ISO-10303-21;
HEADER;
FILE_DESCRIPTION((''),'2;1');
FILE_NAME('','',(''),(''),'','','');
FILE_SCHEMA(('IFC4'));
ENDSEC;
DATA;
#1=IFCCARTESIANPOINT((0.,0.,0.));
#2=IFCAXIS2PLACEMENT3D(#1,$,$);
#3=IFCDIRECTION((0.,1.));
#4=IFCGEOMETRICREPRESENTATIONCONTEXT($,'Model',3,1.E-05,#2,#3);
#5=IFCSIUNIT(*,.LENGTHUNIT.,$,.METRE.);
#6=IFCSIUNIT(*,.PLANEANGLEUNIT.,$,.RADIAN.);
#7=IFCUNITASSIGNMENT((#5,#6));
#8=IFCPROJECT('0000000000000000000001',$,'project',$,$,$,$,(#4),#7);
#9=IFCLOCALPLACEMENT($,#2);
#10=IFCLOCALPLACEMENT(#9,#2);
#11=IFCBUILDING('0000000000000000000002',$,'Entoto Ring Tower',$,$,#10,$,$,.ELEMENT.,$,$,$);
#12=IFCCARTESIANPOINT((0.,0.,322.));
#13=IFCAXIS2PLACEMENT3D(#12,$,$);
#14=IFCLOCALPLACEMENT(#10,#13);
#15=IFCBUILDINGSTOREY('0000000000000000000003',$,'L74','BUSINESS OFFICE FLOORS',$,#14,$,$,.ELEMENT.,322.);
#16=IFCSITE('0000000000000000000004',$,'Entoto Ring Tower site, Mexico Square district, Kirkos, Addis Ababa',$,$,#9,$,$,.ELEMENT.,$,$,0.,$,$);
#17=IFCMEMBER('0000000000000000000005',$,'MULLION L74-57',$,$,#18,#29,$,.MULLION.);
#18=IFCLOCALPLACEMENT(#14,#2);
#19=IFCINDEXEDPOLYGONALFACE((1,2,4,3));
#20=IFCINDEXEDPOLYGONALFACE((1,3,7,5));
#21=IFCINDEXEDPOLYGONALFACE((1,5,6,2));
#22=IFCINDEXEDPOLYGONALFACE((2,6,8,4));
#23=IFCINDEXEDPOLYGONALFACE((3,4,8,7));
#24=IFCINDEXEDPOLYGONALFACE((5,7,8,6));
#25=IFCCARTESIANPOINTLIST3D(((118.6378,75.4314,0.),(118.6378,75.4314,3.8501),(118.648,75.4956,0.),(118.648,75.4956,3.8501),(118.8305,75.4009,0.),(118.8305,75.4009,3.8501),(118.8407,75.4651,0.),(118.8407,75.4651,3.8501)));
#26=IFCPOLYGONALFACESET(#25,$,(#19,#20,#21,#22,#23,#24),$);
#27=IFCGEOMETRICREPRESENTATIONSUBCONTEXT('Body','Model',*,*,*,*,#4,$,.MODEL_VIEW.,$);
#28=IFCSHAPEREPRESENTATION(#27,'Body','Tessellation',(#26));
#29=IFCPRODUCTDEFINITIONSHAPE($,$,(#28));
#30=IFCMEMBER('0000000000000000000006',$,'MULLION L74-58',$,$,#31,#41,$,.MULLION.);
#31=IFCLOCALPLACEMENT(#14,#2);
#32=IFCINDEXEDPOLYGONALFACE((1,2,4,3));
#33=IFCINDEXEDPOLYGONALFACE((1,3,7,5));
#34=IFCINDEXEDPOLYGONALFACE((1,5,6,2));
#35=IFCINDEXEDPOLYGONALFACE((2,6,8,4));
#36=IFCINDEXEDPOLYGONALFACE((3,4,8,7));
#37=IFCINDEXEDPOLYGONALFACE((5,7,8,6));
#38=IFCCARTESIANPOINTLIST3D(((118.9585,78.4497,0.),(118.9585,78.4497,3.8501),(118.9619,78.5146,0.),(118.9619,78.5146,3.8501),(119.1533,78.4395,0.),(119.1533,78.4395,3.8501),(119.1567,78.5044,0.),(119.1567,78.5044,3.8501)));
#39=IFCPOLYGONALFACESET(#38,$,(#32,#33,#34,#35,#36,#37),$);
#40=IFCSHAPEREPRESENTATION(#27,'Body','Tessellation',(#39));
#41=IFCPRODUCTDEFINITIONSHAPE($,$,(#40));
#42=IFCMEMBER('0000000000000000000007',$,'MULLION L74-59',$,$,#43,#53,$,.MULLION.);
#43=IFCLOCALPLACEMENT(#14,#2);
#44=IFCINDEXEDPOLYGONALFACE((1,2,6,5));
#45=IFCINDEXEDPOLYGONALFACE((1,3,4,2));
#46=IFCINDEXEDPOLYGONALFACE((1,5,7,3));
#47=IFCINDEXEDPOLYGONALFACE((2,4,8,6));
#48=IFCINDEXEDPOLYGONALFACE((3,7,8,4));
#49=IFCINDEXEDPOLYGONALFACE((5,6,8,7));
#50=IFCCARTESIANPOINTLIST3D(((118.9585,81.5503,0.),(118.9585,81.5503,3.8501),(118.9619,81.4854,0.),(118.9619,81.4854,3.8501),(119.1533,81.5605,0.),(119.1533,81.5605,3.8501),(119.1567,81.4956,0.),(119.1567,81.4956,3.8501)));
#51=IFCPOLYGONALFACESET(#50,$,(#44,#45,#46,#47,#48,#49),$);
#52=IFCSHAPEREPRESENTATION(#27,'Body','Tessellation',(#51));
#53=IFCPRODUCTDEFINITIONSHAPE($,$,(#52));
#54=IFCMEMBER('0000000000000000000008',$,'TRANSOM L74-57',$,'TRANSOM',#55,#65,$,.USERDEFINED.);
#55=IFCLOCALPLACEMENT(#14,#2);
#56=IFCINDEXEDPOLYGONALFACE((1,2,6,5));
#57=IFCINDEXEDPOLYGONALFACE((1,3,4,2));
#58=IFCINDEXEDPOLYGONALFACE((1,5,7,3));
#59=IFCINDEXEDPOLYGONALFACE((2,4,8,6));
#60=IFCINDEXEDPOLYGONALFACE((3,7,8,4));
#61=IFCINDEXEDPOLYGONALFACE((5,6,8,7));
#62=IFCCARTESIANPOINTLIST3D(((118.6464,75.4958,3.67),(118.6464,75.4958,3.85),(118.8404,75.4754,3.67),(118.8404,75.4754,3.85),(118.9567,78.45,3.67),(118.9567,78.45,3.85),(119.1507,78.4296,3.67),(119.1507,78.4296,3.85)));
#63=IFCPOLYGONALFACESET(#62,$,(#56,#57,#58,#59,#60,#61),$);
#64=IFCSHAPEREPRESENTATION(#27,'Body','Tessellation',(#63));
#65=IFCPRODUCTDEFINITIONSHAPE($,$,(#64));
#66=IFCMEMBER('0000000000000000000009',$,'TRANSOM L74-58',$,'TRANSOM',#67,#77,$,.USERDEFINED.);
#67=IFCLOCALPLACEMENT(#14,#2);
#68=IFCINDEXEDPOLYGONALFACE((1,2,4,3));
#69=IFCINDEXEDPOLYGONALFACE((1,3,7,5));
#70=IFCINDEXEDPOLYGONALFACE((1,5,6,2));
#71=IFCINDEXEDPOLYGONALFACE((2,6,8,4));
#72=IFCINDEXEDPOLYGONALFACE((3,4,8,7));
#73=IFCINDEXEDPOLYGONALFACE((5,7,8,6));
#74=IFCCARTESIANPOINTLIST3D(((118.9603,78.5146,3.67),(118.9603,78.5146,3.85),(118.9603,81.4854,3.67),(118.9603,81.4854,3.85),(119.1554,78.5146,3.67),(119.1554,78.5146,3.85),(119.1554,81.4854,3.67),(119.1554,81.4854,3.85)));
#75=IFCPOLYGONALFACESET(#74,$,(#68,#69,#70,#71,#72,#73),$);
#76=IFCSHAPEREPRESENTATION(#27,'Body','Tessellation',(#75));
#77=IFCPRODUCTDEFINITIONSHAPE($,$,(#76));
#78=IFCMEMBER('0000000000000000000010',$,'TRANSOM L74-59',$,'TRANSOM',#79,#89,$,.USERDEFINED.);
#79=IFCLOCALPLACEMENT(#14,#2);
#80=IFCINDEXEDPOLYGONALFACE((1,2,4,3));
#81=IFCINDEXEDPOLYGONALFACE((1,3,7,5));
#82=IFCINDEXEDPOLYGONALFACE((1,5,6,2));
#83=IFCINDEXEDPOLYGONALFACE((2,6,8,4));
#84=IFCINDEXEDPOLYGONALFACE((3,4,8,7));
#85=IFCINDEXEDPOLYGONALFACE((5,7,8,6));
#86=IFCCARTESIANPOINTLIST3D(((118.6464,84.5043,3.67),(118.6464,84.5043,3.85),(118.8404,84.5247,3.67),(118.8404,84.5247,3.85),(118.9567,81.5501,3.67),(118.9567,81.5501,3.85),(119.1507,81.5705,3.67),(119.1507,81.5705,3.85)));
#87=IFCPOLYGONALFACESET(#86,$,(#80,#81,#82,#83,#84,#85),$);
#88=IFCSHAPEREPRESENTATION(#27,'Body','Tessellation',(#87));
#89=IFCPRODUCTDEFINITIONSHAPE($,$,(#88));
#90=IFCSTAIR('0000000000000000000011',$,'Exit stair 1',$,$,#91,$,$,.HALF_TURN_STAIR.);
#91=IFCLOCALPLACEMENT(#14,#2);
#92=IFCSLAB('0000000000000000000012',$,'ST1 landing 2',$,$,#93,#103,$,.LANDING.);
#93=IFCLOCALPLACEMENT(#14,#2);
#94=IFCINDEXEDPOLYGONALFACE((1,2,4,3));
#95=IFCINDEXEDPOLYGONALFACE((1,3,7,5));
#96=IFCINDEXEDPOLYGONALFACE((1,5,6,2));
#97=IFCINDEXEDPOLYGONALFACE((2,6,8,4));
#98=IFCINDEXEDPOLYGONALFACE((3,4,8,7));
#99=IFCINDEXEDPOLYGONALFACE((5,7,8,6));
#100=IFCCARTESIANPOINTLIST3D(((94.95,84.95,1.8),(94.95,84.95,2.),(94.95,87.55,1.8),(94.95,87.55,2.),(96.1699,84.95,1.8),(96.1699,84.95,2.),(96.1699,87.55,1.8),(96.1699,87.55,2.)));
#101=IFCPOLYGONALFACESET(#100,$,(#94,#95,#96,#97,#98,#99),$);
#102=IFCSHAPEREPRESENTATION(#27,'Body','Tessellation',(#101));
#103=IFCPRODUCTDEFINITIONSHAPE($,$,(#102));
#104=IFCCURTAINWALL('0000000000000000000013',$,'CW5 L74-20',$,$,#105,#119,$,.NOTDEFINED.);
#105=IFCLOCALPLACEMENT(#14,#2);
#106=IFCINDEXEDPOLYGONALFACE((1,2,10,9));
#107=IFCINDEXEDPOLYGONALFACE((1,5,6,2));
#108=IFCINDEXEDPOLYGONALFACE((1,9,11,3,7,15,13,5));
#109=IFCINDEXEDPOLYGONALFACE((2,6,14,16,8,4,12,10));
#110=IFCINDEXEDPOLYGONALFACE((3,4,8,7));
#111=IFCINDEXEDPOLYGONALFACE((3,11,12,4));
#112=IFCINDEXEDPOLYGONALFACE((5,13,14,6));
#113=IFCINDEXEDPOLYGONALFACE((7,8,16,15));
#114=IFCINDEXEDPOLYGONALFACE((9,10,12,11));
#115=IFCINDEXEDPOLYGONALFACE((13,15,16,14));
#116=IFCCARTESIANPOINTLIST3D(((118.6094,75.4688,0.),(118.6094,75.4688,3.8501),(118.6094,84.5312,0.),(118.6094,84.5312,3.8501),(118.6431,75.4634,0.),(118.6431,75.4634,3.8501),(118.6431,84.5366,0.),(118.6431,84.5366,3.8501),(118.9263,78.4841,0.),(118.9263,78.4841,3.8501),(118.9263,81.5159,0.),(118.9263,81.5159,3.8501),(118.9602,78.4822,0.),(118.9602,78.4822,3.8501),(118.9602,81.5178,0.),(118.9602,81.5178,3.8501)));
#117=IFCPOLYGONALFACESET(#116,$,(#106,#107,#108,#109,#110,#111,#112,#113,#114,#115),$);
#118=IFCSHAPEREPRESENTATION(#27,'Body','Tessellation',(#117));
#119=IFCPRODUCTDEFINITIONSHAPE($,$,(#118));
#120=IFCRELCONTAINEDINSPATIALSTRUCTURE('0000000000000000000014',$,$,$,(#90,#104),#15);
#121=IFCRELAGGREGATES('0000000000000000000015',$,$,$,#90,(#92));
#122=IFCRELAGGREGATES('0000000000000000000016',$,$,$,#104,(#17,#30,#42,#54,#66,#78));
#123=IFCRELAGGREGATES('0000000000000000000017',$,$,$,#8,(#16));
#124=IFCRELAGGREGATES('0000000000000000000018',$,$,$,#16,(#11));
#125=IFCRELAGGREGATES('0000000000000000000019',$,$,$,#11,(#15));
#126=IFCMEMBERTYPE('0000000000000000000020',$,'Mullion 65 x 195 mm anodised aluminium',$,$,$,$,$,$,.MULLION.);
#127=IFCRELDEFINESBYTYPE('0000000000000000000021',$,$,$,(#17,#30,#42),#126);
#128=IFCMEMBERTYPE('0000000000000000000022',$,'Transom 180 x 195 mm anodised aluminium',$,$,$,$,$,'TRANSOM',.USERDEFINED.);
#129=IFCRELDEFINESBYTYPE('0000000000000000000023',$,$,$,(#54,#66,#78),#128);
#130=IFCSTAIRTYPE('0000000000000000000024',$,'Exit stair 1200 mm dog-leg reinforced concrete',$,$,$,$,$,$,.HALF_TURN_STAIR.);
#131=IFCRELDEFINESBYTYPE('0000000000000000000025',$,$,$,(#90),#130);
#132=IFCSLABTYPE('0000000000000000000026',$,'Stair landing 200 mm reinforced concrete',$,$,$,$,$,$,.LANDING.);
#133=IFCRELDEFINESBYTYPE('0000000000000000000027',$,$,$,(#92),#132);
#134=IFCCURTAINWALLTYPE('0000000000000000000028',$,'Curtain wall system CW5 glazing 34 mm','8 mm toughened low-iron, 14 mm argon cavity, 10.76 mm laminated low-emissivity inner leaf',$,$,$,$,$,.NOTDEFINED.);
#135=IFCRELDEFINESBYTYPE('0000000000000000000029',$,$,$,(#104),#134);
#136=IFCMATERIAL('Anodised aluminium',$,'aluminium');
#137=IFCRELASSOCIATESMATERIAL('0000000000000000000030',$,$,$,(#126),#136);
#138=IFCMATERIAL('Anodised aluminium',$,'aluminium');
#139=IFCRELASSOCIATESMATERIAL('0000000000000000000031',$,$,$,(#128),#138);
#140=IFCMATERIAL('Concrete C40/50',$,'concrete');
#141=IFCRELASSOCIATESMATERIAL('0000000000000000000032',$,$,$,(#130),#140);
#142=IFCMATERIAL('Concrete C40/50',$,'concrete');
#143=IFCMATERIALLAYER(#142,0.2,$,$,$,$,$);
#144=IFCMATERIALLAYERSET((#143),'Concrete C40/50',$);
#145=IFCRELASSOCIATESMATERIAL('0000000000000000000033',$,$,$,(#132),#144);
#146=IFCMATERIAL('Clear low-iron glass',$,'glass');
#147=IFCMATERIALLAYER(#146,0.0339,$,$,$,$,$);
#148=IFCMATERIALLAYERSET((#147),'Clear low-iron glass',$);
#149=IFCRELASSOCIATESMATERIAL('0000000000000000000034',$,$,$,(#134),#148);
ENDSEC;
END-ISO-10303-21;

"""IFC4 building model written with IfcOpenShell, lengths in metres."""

from ifc_helpers import new_model, si_unit, direction, frame, origin, origin_2d, place, context, subcontext, project, spatial, polyline, rectangle, outline, extrude, material, layer, layer_set, material_profile, profile_set, type_object, element, aggregate, save


model = new_model("IFC4")

# Units and contexts
model_context = context("Model", 3, precision=1e-05, world=origin(), true_north=direction((0.0, 1.0)))
body_context = subcontext(model_context, "Body", "Model", "MODEL_VIEW")
ifc_project = project(units=[si_unit("LENGTHUNIT", "METRE"), si_unit("PLANEANGLEUNIT", "RADIAN")], contexts=[model_context])

# Members
ifc_material_1 = material(Name="Anodised aluminium", Category="aluminium")
ifc_material_profile_1 = material_profile(ifc_material_1, rectangle(XDim=0.0649, YDim=0.1951, at=origin_2d()), Name="Mullion 65 x 195 mm anodised aluminium")
ifc_profile_set_1 = profile_set([ifc_material_profile_1], Name="Anodised aluminium")
member_type_1 = type_object("IfcMemberType", Name="Mullion 65 x 195 mm anodised aluminium", PredefinedType="MULLION", material=ifc_profile_set_1)
site_placement = place(None, origin())
building_placement = place(site_placement, origin())
storey_placement = place(building_placement, frame((0.0, 0.0, 322.0)))
member_1_placement = place(storey_placement, frame((118.7393, 75.4482, 0.0), z_axis=(0.0, 0.0, 1.0), x_axis=(0.156434, 0.987688, 0.0)))
member_1 = element("IfcMember", 1, at=member_1_placement, type_object=member_type_1, Name="MULLION L74-57", PredefinedType="MULLION", context=body_context, shape_type="SweptSolid", body=[
    extrude(rectangle(XDim=0.0649, YDim=0.1951, at=origin_2d()), origin(), (0.0, 0.0, 1.0), 3.8501),
])
member_2_placement = place(storey_placement, frame((119.0576, 78.4771, 0.0), z_axis=(0.0, 0.0, 1.0), x_axis=(0.052336, 0.99863, 0.0)))
member_2 = element("IfcMember", 2, at=member_2_placement, type_object=member_type_1, Name="MULLION L74-58", PredefinedType="MULLION", context=body_context, shape_type="SweptSolid", body=[
    extrude(rectangle(XDim=0.0649, YDim=0.1951, at=origin_2d()), origin(), (0.0, 0.0, 1.0), 3.8501),
])
member_3_placement = place(storey_placement, frame((119.0576, 81.5229, 0.0), z_axis=(0.0, 0.0, 1.0), x_axis=(-0.052336, 0.99863, 0.0)))
member_3 = element("IfcMember", 3, at=member_3_placement, type_object=member_type_1, Name="MULLION L74-59", PredefinedType="MULLION", context=body_context, shape_type="SweptSolid", body=[
    extrude(rectangle(XDim=0.0649, YDim=0.1951, at=origin_2d()), origin(), (0.0, 0.0, 1.0), 3.8501),
])
ifc_material_2 = material(Name="Anodised aluminium", Category="aluminium")
ifc_material_profile_2 = material_profile(ifc_material_2, rectangle(XDim=0.1951, YDim=0.1799, at=origin_2d()), Name="Transom 180 x 195 mm anodised aluminium")
ifc_profile_set_2 = profile_set([ifc_material_profile_2], Name="Anodised aluminium")
member_type_2 = type_object("IfcMemberType", Name="Transom 180 x 195 mm anodised aluminium", ElementType="TRANSOM", PredefinedType="USERDEFINED", material=ifc_profile_set_2)
member_4_placement = place(storey_placement, frame((118.7434, 75.4856, 3.76), z_axis=(0.104467, 0.994528, 0.0), x_axis=(-0.994528, 0.104467, 0.0)))
member_4 = element("IfcMember", 4, at=member_4_placement, type_object=member_type_2, Name="TRANSOM L74-57", ObjectType="TRANSOM", PredefinedType="USERDEFINED", context=body_context, shape_type="SweptSolid", body=[
    extrude(rectangle(XDim=0.1951, YDim=0.1799, at=origin_2d()), origin(), (0.0, 0.0, 1.0), 2.9705),
])
member_5_placement = place(storey_placement, frame((119.0579, 78.5146, 3.76), z_axis=(0.0, 1.0, 0.0), x_axis=(-1.0, 0.0, 0.0)))
member_5 = element("IfcMember", 5, at=member_5_placement, type_object=member_type_2, Name="TRANSOM L74-58", ObjectType="TRANSOM", PredefinedType="USERDEFINED", context=body_context, shape_type="SweptSolid", body=[
    extrude(rectangle(XDim=0.1951, YDim=0.1799, at=origin_2d()), origin(), (0.0, 0.0, 1.0), 2.9707),
])
member_6_placement = place(storey_placement, frame((119.0537, 81.5603, 3.76), z_axis=(-0.104467, 0.994528, 0.0), x_axis=(-0.994528, -0.104467, 0.0)))
member_6 = element("IfcMember", 6, at=member_6_placement, type_object=member_type_2, Name="TRANSOM L74-59", ObjectType="TRANSOM", PredefinedType="USERDEFINED", context=body_context, shape_type="SweptSolid", body=[
    extrude(rectangle(XDim=0.1951, YDim=0.1799, at=origin_2d()), origin(), (0.0, 0.0, 1.0), 2.9705),
])

# Site, building, storey
site = spatial("IfcSite", under=ifc_project, at=site_placement, Name="Entoto Ring Tower site, Mexico Square district, Kirkos, Addis Ababa", CompositionType="ELEMENT", RefElevation=0.0)
building = spatial("IfcBuilding", under=site, at=building_placement, Name="Entoto Ring Tower", CompositionType="ELEMENT")
storey = spatial("IfcBuildingStorey", under=building, at=storey_placement, Name="L74", Description="BUSINESS OFFICE FLOORS", CompositionType="ELEMENT", Elevation=322.0)

# Stair, slab
ifc_material_3 = material(Name="Concrete C40/50", Category="concrete")
stair_type = type_object("IfcStairType", Name="Exit stair 1200 mm dog-leg reinforced concrete", PredefinedType="HALF_TURN_STAIR", material=ifc_material_3)
stair_placement = place(storey_placement, origin())
stair = element("IfcStair", 7, at=stair_placement, inside=storey, type_object=stair_type, Name="Exit stair 1", PredefinedType="HALF_TURN_STAIR")
ifc_material_4 = material(Name="Concrete C40/50", Category="concrete")
ifc_layer_1 = layer(ifc_material_4, 0.2)
ifc_layer_set_1 = layer_set([ifc_layer_1], Name="Concrete C40/50")
slab_type = type_object("IfcSlabType", Name="Stair landing 200 mm reinforced concrete", PredefinedType="LANDING", material=ifc_layer_set_1)
slab_placement = place(storey_placement, frame((0.0, 0.0, 1.8)))
slab = element("IfcSlab", 8, at=slab_placement, type_object=slab_type, Name="ST1 landing 2", PredefinedType="LANDING", context=body_context, shape_type="SweptSolid", body=[
    extrude(outline(polyline([(94.95, 84.95), (96.1699, 84.95), (96.1699, 87.55), (94.95, 87.55), (94.95, 84.95)])), origin(), (0.0, 0.0, 1.0), 0.2),
])
aggregate(stair, [slab])

# Curtain wall
ifc_material_5 = material(Name="Clear low-iron glass", Category="glass")
ifc_layer_2 = layer(ifc_material_5, 0.0339)
ifc_layer_set_2 = layer_set([ifc_layer_2], Name="Clear low-iron glass")
curtain_wall_type = type_object("IfcCurtainWallType", Name="Curtain wall system CW5 glazing 34 mm", Description="8 mm toughened low-iron, 14 mm argon cavity, 10.76 mm laminated low-emissivity inner leaf", PredefinedType="NOTDEFINED", material=ifc_layer_set_2)
curtain_wall_1_placement = place(storey_placement, origin())
curtain_wall_1 = element("IfcCurtainWall", 9, at=curtain_wall_1_placement, inside=storey, type_object=curtain_wall_type, Name="CW5 L74-20", PredefinedType="NOTDEFINED", context=body_context, shape_type="SweptSolid", body=[
    extrude(outline(polyline([(118.6431, 75.4634), (118.9602, 78.4822), (118.9602, 81.5178), (118.6431, 84.5366), (118.6094, 84.5312), (118.9263, 81.5159), (118.9263, 78.4841), (118.6094, 75.4688), (118.6431, 75.4634)])), origin(), (0.0, 0.0, 1.0), 3.8501),
])
aggregate(curtain_wall_1, [member_1, member_2, member_3, member_4, member_5, member_6])

save(model, "model.ifc")
